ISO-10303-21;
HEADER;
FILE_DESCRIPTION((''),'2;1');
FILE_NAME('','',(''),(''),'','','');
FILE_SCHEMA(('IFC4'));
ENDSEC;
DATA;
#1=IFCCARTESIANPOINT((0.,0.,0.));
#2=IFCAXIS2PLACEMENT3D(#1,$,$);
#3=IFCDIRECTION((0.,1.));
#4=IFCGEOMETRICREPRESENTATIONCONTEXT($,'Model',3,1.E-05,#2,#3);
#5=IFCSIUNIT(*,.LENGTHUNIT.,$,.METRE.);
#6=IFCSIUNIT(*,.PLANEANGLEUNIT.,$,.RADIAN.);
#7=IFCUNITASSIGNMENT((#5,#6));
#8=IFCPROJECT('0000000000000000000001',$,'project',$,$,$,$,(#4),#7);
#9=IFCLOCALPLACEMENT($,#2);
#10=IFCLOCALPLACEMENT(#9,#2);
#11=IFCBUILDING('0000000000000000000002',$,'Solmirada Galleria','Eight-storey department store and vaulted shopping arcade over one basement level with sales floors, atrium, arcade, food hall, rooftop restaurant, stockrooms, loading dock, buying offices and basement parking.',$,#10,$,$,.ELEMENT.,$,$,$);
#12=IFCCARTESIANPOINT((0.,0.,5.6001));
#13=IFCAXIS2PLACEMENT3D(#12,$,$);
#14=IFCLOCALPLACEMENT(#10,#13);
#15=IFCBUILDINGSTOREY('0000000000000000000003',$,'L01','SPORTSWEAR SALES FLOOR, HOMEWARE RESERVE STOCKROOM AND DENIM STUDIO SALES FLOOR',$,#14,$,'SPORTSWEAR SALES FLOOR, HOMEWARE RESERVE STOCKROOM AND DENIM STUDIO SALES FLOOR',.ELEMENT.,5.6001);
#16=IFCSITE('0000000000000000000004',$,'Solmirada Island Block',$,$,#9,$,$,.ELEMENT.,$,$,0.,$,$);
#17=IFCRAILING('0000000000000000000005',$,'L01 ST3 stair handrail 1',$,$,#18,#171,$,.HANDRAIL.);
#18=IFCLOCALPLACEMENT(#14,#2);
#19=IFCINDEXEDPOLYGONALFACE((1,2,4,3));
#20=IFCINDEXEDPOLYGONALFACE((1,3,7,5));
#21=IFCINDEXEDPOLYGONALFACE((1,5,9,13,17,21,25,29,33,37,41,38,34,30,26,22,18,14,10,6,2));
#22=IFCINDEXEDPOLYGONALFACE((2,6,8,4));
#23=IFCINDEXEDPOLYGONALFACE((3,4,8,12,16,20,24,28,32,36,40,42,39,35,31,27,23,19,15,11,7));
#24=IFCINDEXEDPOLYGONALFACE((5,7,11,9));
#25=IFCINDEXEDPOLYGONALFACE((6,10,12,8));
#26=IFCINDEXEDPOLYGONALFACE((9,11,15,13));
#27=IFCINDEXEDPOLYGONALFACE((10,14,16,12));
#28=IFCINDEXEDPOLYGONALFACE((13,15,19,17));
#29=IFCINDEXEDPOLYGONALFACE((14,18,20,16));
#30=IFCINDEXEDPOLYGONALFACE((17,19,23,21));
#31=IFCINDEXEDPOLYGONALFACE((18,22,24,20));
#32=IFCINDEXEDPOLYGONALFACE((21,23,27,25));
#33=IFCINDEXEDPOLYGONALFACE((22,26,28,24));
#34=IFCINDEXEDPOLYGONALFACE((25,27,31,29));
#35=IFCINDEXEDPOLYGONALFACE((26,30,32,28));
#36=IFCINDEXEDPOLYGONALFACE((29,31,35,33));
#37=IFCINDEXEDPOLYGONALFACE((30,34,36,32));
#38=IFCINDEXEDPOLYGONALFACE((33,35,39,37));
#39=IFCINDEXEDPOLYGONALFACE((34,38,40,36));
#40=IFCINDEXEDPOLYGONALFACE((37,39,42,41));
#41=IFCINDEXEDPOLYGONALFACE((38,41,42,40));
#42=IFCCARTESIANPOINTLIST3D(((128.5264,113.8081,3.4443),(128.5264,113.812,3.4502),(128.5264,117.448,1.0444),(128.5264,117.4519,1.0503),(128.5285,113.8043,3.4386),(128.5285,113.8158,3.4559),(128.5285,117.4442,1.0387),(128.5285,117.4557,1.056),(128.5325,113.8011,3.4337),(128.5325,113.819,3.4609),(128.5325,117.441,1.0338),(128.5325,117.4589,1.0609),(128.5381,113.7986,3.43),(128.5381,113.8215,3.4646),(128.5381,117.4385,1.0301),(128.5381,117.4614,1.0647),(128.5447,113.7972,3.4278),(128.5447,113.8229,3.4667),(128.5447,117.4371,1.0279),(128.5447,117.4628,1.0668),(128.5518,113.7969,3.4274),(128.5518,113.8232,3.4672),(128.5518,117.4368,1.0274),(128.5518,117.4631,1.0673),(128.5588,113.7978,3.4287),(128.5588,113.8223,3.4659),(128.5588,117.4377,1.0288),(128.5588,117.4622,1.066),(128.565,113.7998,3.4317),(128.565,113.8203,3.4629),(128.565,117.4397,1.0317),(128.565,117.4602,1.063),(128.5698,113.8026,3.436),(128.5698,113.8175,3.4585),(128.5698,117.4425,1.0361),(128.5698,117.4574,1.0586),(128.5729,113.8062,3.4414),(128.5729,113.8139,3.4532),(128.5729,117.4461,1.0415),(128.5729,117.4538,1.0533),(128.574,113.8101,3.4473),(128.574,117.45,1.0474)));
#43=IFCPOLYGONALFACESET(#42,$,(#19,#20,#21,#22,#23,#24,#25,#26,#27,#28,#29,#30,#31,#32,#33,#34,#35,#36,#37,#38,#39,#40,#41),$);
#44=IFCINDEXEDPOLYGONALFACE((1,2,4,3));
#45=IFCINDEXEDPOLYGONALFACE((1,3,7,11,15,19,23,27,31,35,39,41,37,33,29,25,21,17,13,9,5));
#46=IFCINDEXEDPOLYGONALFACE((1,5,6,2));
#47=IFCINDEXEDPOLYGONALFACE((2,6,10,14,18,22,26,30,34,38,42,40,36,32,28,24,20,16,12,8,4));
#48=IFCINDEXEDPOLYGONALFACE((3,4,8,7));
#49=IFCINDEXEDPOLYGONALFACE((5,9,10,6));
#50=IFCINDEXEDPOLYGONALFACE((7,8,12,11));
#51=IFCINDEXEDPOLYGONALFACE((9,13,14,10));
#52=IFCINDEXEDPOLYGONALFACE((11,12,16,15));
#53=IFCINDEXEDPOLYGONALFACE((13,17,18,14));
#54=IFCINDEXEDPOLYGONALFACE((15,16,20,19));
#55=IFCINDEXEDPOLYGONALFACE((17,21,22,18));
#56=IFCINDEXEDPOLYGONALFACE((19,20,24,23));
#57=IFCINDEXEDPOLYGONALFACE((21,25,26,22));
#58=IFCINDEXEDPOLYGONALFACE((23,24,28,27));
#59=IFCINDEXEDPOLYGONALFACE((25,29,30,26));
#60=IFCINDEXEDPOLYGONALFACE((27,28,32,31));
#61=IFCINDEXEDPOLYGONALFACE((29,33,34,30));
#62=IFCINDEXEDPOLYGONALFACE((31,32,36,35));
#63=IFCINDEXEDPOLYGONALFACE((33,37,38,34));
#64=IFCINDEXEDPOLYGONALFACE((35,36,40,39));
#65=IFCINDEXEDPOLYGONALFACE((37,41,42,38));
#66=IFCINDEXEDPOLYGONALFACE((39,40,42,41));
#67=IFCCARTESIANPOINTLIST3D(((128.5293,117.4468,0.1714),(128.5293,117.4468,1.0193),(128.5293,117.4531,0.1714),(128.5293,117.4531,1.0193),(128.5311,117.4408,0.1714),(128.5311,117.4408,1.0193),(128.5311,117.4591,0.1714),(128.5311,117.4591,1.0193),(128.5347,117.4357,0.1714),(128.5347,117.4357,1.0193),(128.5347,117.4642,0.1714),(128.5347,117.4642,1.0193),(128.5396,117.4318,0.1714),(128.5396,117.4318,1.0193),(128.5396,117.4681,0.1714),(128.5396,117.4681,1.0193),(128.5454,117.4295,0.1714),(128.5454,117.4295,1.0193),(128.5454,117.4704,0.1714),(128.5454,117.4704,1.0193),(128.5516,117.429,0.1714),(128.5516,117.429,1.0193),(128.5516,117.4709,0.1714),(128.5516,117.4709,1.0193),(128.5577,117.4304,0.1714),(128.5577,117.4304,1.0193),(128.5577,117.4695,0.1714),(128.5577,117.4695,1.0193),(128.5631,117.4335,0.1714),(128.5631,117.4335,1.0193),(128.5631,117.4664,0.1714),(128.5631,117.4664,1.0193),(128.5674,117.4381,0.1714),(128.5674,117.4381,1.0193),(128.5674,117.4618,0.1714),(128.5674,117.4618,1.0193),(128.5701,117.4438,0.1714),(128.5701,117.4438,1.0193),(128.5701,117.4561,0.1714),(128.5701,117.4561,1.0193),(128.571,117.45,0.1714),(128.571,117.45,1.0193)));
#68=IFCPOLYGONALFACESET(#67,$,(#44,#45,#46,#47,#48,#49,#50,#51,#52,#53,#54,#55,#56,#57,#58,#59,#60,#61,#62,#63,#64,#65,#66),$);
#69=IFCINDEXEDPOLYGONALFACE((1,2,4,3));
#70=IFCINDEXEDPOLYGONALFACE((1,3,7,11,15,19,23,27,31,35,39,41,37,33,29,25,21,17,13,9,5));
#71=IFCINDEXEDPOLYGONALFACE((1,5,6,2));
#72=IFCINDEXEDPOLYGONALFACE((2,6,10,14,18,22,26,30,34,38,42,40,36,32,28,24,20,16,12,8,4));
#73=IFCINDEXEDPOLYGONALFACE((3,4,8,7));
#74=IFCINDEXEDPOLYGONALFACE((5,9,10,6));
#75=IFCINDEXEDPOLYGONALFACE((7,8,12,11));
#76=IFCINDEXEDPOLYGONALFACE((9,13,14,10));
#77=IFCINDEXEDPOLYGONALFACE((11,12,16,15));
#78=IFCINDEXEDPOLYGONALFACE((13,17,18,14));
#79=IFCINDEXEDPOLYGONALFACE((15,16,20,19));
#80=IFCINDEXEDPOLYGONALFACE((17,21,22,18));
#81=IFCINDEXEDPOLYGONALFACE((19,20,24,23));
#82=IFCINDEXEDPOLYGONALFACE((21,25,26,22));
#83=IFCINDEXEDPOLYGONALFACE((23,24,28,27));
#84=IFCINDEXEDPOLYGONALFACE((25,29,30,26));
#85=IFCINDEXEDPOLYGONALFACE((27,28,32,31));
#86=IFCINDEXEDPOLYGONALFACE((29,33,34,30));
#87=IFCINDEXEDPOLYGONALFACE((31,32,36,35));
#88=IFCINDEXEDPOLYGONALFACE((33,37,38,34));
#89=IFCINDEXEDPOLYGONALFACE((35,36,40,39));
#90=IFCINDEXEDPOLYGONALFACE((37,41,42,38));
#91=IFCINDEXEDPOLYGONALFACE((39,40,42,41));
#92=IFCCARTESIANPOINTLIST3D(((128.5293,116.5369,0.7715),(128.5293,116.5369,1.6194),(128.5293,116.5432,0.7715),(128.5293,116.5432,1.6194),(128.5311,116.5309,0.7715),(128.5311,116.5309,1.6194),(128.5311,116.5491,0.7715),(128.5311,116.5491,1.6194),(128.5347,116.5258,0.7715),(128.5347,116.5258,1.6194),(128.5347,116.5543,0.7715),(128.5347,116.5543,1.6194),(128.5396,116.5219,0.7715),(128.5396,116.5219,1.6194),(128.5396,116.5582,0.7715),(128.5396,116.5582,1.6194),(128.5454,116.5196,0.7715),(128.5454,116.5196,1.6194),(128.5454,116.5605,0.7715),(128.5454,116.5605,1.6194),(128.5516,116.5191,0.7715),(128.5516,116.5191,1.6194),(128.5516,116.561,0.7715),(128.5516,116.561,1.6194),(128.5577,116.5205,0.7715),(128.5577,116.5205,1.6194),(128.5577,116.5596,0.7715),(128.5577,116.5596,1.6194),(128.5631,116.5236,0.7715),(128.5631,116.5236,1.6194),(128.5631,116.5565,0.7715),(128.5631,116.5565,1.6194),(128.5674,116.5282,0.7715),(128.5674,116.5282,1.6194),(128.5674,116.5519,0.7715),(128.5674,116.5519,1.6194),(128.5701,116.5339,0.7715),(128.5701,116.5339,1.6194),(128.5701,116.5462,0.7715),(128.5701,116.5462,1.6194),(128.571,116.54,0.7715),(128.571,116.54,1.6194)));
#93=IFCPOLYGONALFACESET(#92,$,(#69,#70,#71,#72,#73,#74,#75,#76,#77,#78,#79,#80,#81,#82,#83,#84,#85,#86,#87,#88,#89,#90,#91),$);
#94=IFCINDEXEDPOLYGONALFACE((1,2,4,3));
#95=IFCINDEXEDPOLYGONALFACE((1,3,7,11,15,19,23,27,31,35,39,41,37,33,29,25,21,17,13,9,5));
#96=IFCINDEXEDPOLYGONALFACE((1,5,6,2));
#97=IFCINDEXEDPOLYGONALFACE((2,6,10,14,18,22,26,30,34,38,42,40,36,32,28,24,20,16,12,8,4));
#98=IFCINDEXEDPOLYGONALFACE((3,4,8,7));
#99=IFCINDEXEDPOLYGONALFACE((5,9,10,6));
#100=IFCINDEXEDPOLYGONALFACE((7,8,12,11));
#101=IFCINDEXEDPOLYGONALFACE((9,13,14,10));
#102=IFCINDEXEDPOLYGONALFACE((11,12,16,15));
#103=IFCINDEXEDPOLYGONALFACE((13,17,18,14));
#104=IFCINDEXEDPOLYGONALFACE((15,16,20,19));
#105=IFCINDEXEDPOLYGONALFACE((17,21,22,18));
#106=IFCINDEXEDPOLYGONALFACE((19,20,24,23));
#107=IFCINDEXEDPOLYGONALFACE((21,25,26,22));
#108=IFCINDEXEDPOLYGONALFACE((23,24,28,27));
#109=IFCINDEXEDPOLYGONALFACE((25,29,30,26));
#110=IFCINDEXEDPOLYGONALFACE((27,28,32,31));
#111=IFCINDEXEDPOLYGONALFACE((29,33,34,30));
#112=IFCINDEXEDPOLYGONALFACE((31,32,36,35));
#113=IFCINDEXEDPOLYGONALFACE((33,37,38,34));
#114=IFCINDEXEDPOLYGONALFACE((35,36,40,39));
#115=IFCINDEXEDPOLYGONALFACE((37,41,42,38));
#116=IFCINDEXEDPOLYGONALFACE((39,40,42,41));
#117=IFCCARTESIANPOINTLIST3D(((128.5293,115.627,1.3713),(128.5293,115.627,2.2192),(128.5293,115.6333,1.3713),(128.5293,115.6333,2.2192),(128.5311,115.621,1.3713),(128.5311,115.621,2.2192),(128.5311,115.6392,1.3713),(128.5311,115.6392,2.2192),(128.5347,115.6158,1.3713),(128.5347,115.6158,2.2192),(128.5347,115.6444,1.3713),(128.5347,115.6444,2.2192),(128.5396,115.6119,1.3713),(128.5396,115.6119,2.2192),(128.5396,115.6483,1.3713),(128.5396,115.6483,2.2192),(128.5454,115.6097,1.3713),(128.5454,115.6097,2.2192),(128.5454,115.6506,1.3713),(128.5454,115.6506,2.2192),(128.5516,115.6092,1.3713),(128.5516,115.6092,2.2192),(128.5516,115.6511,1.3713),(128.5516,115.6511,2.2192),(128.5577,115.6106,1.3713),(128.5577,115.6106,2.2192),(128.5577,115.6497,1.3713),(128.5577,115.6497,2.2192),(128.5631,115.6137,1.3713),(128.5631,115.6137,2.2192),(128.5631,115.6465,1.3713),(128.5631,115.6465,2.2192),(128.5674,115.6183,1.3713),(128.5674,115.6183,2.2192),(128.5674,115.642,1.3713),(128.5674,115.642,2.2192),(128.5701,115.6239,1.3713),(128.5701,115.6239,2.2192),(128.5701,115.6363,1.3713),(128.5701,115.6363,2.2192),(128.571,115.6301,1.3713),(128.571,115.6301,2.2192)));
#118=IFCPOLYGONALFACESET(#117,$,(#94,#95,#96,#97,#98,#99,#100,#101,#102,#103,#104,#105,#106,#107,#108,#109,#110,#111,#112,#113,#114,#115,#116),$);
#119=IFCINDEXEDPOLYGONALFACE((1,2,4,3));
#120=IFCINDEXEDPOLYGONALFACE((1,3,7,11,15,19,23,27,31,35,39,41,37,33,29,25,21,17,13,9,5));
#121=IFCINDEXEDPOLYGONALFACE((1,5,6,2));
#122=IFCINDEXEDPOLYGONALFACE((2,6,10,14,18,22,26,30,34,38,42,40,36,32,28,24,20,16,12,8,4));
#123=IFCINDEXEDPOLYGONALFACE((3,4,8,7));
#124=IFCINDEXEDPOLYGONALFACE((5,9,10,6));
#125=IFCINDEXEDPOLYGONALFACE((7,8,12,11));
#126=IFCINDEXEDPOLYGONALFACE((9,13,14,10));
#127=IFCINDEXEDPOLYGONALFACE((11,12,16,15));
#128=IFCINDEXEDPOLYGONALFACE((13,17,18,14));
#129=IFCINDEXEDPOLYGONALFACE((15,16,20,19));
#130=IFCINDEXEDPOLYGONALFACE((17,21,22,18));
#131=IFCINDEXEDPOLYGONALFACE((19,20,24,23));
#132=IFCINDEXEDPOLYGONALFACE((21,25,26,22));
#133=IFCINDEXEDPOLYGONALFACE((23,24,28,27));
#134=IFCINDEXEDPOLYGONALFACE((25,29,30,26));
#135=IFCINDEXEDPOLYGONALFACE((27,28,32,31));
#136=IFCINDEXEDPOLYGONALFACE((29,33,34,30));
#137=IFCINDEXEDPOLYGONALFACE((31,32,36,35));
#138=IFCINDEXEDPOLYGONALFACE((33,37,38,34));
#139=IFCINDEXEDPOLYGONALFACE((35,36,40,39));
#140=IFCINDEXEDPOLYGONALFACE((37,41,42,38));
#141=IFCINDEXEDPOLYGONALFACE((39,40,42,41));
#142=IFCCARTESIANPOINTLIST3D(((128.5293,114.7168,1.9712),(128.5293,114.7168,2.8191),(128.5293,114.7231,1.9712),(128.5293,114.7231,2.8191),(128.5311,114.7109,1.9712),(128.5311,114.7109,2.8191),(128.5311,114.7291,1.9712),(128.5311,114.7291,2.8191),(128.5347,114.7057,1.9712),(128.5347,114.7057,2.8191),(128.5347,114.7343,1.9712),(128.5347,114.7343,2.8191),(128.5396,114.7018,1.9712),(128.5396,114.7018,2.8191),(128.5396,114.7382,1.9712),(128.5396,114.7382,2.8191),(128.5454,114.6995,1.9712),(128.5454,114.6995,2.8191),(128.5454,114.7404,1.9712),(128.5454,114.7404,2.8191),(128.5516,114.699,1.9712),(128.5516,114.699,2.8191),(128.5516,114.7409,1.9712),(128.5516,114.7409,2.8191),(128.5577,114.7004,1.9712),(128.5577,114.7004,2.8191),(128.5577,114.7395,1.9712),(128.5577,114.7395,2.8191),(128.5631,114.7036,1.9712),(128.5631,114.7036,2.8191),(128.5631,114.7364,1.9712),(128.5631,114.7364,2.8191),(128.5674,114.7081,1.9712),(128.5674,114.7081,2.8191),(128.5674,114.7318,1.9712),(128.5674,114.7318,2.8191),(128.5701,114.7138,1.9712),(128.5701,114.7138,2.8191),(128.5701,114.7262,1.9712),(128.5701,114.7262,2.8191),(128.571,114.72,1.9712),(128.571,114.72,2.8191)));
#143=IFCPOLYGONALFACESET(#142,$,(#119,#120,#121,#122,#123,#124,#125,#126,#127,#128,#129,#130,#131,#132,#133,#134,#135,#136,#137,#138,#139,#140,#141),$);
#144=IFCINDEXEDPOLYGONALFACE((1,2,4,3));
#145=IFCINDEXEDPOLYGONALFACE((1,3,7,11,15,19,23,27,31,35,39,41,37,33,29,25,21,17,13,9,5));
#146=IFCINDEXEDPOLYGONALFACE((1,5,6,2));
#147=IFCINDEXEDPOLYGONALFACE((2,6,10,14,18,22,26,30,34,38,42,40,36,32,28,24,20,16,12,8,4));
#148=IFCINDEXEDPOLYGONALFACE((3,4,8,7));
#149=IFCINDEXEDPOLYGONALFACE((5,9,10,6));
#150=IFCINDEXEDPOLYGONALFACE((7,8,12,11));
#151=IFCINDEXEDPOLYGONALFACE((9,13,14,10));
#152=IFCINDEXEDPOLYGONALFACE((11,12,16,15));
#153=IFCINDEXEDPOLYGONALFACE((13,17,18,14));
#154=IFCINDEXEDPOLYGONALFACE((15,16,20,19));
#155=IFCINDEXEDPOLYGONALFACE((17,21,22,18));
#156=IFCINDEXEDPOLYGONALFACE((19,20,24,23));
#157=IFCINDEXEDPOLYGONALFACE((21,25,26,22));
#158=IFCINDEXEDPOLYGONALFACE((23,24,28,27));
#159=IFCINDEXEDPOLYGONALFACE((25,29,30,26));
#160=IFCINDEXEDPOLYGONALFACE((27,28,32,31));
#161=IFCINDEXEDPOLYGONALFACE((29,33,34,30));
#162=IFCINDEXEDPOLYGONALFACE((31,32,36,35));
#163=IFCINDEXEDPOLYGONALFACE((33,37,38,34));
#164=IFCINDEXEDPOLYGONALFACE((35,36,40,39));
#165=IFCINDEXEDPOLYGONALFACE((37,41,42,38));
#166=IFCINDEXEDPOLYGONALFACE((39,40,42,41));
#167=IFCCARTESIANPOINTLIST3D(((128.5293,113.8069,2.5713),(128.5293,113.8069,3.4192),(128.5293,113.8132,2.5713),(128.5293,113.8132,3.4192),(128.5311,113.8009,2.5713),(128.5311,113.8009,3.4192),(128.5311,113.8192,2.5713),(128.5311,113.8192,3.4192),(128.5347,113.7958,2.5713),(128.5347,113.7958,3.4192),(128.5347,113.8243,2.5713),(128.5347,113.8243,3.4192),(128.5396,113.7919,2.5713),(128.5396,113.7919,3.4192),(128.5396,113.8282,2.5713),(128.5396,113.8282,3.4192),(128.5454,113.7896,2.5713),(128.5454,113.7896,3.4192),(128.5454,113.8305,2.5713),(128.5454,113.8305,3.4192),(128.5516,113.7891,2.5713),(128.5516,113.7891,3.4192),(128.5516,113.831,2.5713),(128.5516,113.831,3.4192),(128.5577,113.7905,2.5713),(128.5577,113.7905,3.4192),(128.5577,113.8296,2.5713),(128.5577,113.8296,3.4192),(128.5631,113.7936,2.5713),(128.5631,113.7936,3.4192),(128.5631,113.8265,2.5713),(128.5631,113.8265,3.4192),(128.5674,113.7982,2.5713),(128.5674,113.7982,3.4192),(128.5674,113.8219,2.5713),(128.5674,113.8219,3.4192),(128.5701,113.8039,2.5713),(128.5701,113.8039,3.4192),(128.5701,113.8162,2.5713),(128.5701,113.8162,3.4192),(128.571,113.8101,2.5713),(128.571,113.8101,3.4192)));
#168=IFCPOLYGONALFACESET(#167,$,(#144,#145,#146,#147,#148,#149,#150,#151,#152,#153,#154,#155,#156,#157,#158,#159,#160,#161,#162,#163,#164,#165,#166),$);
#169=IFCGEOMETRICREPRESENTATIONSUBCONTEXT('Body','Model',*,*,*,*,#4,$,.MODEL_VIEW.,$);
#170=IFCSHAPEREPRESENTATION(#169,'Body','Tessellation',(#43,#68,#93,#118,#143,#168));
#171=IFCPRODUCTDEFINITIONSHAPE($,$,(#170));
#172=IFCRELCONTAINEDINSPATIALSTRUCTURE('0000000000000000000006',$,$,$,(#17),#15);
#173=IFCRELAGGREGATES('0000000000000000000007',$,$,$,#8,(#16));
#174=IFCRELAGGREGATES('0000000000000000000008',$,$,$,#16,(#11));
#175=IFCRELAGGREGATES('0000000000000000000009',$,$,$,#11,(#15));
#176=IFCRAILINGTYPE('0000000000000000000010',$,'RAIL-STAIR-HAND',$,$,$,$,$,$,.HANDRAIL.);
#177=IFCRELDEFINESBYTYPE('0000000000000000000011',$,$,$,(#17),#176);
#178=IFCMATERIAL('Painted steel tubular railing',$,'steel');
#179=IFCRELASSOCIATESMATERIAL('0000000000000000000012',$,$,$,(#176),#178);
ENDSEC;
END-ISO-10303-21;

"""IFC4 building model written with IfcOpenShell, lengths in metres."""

from ifc_helpers import new_model, si_unit, direction, frame, origin, origin_2d, place, context, subcontext, project, spatial, circle, extrude, material, type_object, element, save


model = new_model("IFC4")

# Units and contexts
model_context = context("Model", 3, precision=1e-05, world=origin(), true_north=direction((0.0, 1.0)))
body_context = subcontext(model_context, "Body", "Model", "MODEL_VIEW")
ifc_project = project(units=[si_unit("LENGTHUNIT", "METRE"), si_unit("PLANEANGLEUNIT", "RADIAN")], contexts=[model_context])

# Site, building, storey
site_placement = place(None, origin())
site = spatial("IfcSite", under=ifc_project, at=site_placement, Name="Solmirada Island Block", CompositionType="ELEMENT", RefElevation=0.0)
building_placement = place(site_placement, origin())
building = spatial("IfcBuilding", under=site, at=building_placement, Name="Solmirada Galleria", Description="Eight-storey department store and vaulted shopping arcade over one basement level with sales floors, atrium, arcade, food hall, rooftop restaurant, stockrooms, loading dock, buying offices and basement parking.", CompositionType="ELEMENT")
storey_placement = place(building_placement, frame((0.0, 0.0, 5.6001)))
storey = spatial("IfcBuildingStorey", under=building, at=storey_placement, Name="L01", Description="SPORTSWEAR SALES FLOOR, HOMEWARE RESERVE STOCKROOM AND DENIM STUDIO SALES FLOOR", LongName="SPORTSWEAR SALES FLOOR, HOMEWARE RESERVE STOCKROOM AND DENIM STUDIO SALES FLOOR", CompositionType="ELEMENT", Elevation=5.6001)

# Railing
ifc_material_1 = material(Name="Painted steel tubular railing", Category="steel")
railing_type_1 = type_object("IfcRailingType", Name="RAIL-STAIR-HAND", PredefinedType="HANDRAIL", material=ifc_material_1)
railing_1_placement = place(storey_placement, frame((128.55, 117.45, 0.1714)))
element("IfcRailing", 1, at=railing_1_placement, inside=storey, type_object=railing_type_1, Name="L01 ST3 stair handrail 1", PredefinedType="HANDRAIL", context=body_context, shape_type="SweptSolid", body=[
    extrude(circle(Radius=0.0239, at=origin_2d()), frame((0.0, 0.0, 0.876), z_axis=(0.0, -0.834865, 0.550454), x_axis=(1.0, 0.0, 0.0)), (0.0, 0.0, 1.0), 4.3599),
    extrude(circle(Radius=0.021, at=origin_2d()), origin(), (0.0, 0.0, 1.0), 0.8479),
    extrude(circle(Radius=0.021, at=origin_2d()), frame((0.0, -0.9099, 0.6001)), (0.0, 0.0, 1.0), 0.8479),
    extrude(circle(Radius=0.021, at=origin_2d()), frame((0.0, -1.8198, 1.2)), (0.0, 0.0, 1.0), 0.8479),
    extrude(circle(Radius=0.021, at=origin_2d()), frame((0.0, -2.73, 1.7998)), (0.0, 0.0, 1.0), 0.8479),
    extrude(circle(Radius=0.021, at=origin_2d()), frame((0.0, -3.6399, 2.3999)), (0.0, 0.0, 1.0), 0.8479),
])

save(model, "model.ifc")
